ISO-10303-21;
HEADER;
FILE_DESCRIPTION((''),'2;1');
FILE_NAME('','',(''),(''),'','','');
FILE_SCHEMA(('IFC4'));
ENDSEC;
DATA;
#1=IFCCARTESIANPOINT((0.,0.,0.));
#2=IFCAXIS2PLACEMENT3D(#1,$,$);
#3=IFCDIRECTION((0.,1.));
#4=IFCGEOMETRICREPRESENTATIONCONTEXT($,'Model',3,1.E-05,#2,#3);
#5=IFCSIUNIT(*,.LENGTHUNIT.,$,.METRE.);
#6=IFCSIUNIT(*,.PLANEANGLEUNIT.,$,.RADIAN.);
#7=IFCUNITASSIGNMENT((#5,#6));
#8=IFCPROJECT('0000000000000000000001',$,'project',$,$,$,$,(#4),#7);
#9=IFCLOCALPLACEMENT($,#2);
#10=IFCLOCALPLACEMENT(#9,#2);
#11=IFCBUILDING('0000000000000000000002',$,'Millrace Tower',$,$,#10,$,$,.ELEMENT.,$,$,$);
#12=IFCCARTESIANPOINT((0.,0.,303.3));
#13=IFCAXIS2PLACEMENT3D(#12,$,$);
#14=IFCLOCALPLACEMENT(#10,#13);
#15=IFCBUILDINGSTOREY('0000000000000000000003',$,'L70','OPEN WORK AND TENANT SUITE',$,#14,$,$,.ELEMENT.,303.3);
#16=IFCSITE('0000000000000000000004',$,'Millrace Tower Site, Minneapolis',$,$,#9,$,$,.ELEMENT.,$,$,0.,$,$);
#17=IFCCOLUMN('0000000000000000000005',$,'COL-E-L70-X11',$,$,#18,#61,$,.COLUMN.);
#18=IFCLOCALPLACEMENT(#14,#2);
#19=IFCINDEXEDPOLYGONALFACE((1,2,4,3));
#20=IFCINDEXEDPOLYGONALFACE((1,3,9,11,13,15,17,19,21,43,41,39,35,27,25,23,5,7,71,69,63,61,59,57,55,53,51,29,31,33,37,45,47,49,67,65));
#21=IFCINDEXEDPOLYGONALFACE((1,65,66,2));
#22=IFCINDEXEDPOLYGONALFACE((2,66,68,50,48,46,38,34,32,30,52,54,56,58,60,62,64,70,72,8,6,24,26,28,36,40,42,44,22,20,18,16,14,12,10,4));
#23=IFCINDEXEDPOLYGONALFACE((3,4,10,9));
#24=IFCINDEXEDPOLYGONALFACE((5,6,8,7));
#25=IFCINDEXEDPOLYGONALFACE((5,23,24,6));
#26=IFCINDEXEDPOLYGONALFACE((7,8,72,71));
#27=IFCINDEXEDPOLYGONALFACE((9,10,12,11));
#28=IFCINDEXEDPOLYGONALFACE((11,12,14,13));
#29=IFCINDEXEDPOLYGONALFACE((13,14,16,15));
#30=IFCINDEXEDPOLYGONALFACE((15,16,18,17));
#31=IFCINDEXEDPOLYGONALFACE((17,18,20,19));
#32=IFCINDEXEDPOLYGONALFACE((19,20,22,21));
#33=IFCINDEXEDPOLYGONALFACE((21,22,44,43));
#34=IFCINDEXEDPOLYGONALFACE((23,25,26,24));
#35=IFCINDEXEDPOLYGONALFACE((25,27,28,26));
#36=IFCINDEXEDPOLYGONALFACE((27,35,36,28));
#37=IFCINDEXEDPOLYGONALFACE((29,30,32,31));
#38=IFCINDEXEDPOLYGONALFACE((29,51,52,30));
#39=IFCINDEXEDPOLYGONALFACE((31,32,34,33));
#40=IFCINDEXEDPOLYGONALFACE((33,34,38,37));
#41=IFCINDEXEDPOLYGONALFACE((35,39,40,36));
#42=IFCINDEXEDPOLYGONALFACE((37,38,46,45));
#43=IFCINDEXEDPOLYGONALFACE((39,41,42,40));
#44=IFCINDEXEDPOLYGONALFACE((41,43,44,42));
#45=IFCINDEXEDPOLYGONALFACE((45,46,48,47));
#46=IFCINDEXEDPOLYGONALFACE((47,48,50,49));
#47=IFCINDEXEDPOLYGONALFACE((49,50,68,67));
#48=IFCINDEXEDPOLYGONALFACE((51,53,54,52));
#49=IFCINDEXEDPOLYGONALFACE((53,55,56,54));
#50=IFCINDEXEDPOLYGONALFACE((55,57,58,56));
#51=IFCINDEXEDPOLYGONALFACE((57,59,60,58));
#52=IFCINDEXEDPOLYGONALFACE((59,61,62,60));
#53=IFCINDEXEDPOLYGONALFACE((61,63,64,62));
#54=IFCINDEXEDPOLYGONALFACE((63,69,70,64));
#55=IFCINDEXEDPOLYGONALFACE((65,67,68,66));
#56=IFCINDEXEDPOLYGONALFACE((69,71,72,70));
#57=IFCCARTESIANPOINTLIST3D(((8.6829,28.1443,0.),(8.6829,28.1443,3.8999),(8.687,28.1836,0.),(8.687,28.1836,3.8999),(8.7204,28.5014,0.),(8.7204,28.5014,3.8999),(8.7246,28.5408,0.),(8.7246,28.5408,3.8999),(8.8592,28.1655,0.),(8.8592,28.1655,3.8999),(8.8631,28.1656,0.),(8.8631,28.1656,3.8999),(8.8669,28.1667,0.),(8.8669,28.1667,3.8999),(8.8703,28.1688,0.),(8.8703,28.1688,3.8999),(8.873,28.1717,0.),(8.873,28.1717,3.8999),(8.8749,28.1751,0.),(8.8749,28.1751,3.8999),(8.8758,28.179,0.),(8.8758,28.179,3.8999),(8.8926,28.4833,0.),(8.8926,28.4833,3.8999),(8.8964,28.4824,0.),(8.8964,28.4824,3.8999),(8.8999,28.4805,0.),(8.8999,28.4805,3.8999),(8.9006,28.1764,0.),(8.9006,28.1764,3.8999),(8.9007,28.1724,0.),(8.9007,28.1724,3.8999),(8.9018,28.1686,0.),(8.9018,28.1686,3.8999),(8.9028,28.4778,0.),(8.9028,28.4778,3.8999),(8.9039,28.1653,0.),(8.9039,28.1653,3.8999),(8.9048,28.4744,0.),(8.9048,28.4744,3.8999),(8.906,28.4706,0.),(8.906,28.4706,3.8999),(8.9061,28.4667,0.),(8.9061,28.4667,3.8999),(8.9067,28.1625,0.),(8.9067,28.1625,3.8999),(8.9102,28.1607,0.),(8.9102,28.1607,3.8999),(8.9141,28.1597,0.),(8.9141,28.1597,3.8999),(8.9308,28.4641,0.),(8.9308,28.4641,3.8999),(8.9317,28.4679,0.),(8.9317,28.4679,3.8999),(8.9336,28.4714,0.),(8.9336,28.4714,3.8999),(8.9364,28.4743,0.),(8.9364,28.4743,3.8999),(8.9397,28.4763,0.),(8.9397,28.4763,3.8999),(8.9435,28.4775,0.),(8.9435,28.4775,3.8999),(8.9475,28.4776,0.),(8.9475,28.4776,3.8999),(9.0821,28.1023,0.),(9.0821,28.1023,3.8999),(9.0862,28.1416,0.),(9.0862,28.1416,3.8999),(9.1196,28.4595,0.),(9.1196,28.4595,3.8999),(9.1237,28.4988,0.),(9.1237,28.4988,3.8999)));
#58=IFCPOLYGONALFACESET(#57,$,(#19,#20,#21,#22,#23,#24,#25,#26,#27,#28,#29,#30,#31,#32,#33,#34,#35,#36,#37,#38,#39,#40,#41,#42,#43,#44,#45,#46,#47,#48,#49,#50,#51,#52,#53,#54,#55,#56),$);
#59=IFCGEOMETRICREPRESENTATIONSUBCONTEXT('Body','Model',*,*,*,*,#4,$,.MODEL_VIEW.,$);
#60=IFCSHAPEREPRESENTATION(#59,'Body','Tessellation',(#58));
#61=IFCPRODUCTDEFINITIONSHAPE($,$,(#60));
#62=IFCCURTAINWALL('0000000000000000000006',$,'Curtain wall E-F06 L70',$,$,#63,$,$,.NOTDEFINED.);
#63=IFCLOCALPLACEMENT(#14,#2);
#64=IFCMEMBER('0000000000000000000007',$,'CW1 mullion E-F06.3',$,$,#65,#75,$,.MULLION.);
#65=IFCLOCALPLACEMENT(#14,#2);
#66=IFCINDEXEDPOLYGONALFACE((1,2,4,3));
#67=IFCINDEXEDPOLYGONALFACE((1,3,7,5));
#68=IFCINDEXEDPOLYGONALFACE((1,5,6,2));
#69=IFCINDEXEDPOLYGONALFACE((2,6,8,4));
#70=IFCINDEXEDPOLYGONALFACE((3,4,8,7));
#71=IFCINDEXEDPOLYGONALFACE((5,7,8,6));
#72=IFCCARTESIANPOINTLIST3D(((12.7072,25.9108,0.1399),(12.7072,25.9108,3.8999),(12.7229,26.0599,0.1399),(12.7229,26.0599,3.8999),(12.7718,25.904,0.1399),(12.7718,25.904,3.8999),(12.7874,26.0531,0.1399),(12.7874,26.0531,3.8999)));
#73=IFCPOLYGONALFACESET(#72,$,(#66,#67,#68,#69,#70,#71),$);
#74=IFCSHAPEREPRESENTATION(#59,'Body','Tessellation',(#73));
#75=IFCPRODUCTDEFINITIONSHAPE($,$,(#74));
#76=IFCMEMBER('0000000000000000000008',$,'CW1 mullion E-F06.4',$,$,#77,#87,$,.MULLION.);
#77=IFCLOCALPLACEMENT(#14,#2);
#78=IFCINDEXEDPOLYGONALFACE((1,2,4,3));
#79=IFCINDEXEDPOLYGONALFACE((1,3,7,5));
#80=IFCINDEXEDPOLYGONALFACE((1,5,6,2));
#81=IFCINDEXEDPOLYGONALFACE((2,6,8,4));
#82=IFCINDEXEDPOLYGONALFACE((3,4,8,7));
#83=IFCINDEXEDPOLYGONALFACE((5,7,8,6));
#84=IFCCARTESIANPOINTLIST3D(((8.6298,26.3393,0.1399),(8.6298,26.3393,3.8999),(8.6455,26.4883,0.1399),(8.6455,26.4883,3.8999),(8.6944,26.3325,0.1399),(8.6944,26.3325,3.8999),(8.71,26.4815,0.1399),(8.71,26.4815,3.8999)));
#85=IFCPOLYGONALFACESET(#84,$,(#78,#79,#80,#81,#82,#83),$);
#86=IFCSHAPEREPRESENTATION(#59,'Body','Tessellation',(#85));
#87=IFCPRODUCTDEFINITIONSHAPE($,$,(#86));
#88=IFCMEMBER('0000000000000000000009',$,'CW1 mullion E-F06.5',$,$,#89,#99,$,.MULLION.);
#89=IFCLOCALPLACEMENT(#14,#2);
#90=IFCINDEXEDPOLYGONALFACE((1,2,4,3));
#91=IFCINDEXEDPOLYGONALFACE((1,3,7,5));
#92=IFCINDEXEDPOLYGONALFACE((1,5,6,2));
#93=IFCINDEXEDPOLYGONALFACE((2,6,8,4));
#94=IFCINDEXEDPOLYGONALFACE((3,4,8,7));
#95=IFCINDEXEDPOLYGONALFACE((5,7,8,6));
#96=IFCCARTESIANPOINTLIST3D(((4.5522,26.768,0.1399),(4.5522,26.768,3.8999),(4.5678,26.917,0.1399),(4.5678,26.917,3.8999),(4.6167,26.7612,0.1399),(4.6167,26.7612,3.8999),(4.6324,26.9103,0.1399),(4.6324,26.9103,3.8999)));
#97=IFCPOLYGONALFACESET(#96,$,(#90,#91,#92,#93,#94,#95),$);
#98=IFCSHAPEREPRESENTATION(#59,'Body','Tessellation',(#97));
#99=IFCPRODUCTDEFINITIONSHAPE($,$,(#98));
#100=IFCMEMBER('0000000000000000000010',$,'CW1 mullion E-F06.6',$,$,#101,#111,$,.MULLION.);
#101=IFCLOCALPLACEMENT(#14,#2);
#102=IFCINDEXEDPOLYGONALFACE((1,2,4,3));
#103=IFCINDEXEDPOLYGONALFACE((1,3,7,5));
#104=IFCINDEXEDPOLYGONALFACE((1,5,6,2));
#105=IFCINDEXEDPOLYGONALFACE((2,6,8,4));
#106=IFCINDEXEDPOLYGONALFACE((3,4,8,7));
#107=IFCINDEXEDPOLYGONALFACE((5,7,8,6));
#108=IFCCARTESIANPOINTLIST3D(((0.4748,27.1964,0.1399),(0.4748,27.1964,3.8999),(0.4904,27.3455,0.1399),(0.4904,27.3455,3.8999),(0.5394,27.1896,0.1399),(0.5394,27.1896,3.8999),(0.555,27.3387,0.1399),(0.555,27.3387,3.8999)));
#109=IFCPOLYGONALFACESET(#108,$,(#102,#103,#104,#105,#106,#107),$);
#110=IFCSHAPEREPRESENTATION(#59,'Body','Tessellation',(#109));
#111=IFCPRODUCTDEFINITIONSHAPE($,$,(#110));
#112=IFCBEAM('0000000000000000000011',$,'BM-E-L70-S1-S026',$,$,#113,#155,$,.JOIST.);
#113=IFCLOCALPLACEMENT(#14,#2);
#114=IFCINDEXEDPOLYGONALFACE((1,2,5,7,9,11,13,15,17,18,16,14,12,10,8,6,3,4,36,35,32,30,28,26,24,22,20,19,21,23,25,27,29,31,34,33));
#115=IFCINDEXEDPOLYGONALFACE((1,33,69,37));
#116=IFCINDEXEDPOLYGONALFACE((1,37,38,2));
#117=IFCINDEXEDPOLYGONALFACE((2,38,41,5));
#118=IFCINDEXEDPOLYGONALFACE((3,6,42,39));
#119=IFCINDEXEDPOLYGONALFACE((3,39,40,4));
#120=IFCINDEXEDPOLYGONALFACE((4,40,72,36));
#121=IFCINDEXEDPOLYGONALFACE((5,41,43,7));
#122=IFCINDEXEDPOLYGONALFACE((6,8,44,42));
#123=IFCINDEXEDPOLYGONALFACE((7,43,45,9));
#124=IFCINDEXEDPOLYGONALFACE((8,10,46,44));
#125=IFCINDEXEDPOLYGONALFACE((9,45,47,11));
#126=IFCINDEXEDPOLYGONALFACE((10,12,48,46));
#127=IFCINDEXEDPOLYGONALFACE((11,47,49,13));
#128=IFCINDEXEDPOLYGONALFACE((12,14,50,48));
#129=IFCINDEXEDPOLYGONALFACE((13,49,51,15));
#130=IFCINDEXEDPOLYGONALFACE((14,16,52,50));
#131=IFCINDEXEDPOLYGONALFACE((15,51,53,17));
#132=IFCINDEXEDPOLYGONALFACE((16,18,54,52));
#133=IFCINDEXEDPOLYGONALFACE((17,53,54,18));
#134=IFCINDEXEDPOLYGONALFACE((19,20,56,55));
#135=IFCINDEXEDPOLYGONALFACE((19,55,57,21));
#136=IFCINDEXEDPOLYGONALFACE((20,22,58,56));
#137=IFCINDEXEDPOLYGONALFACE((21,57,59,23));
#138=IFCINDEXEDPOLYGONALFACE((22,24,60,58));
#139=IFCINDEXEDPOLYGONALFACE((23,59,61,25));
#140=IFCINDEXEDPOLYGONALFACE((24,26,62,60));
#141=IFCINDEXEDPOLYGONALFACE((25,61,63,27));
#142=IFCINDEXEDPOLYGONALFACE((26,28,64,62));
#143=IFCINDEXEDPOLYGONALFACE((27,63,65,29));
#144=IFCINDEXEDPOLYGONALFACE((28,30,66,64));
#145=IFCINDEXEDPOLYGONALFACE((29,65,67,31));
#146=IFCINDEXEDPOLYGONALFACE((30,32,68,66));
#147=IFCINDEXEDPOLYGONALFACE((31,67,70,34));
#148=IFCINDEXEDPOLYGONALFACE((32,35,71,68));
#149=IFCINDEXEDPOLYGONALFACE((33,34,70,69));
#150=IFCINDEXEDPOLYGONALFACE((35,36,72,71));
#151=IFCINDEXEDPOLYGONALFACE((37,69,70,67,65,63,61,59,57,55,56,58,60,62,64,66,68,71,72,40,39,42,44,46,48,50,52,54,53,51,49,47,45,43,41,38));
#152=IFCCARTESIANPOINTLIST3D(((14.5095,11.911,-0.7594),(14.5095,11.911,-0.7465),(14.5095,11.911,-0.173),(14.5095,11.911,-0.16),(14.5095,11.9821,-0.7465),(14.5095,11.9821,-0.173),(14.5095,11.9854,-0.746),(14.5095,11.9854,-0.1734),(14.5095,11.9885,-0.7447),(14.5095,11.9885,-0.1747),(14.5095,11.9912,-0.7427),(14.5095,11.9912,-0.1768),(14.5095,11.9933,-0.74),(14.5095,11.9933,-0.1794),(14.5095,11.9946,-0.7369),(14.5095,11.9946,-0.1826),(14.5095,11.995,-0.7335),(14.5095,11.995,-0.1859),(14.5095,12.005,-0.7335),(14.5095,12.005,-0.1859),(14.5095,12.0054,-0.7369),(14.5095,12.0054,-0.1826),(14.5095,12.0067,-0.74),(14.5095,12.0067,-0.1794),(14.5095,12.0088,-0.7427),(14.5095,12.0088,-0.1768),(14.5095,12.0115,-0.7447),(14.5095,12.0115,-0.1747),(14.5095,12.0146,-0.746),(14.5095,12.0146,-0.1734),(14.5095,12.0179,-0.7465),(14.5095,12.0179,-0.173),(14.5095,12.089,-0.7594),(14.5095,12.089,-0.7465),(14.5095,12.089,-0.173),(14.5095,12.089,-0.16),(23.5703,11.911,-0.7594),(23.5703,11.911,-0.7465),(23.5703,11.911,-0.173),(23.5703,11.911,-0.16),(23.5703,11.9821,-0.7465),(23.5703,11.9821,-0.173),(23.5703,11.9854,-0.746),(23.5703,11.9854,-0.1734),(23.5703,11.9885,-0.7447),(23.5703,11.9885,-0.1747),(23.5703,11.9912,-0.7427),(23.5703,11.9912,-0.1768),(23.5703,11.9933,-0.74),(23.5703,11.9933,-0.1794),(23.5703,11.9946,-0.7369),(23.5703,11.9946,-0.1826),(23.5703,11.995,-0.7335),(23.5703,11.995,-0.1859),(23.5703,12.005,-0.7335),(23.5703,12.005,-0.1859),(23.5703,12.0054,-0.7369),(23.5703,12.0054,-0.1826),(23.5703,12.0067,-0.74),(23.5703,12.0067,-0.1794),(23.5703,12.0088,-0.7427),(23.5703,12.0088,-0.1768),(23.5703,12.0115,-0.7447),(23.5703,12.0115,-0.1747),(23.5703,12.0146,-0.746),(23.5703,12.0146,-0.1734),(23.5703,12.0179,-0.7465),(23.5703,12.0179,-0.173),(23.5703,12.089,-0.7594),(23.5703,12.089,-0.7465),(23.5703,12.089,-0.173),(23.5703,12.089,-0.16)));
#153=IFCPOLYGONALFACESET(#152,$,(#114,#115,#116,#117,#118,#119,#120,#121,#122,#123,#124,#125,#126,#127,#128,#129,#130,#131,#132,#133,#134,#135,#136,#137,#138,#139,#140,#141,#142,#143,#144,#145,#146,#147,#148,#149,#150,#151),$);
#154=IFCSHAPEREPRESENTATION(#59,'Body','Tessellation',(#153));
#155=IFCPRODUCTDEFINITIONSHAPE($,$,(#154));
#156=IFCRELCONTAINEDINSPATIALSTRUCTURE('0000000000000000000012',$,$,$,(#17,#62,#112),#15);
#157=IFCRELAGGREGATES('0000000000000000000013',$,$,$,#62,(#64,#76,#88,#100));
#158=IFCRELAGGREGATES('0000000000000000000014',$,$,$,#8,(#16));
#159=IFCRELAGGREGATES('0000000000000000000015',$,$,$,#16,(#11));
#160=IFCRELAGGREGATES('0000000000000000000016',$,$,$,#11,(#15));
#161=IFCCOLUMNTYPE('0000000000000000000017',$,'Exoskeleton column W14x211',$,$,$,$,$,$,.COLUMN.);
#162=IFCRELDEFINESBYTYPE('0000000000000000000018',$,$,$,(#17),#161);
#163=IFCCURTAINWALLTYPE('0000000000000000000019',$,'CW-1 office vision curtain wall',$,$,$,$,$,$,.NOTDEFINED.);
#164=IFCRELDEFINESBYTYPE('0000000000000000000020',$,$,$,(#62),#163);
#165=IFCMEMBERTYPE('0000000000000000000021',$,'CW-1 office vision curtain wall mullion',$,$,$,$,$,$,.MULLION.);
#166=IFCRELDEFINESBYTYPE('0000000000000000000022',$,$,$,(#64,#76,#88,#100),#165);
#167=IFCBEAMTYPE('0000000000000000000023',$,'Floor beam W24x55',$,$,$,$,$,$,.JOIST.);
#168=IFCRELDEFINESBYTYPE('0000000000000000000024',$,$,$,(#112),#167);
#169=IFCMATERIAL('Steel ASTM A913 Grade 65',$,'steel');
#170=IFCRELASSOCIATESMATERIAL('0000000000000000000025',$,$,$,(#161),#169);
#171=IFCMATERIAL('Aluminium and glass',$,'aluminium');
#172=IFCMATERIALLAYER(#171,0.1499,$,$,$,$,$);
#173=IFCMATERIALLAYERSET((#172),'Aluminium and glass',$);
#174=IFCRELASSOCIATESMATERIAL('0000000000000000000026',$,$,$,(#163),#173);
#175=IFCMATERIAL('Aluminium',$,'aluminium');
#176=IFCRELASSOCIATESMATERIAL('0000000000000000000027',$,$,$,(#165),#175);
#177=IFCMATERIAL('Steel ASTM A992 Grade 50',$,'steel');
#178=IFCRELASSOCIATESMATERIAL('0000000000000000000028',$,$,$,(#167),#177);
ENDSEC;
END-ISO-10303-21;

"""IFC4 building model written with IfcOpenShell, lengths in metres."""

from ifc_helpers import new_model, si_unit, direction, frame, origin, origin_2d, place, context, subcontext, project, spatial, rectangle, i_section, extrude, material, layer, layer_set, material_profile, profile_set, type_object, element, aggregate, save


model = new_model("IFC4")

# Units and contexts
model_context = context("Model", 3, precision=1e-05, world=origin(), true_north=direction((0.0, 1.0)))
body_context = subcontext(model_context, "Body", "Model", "MODEL_VIEW")
ifc_project = project(units=[si_unit("LENGTHUNIT", "METRE"), si_unit("PLANEANGLEUNIT", "RADIAN")], contexts=[model_context])

# Site, building, storey
site_placement = place(None, origin())
site = spatial("IfcSite", under=ifc_project, at=site_placement, Name="Millrace Tower Site, Minneapolis", CompositionType="ELEMENT", RefElevation=0.0)
building_placement = place(site_placement, origin())
building = spatial("IfcBuilding", under=site, at=building_placement, Name="Millrace Tower", CompositionType="ELEMENT")
storey_placement = place(building_placement, frame((0.0, 0.0, 303.3)))
storey = spatial("IfcBuildingStorey", under=building, at=storey_placement, Name="L70", Description="OPEN WORK AND TENANT SUITE", CompositionType="ELEMENT", Elevation=303.3)

# Column
ifc_material_1 = material(Name="Steel ASTM A913 Grade 65", Category="steel")
ifc_material_profile_1 = material_profile(ifc_material_1, i_section(OverallWidth=0.4014, OverallDepth=0.3987, WebThickness=0.0249, FlangeThickness=0.0396, FilletRadius=0.0151, at=origin_2d()))
ifc_profile_set_1 = profile_set([ifc_material_profile_1], Name="Steel ASTM A913 Grade 65")
column_type = type_object("IfcColumnType", Name="Exoskeleton column W14x211", PredefinedType="COLUMN", material=ifc_profile_set_1)
column_placement = place(storey_placement, frame((8.9033, 28.3215, 0.0), z_axis=(0.0, 0.0, 1.0), x_axis=(-0.994522, 0.104528, 0.0)))
element("IfcColumn", 1, at=column_placement, inside=storey, type_object=column_type, Name="COL-E-L70-X11", PredefinedType="COLUMN", context=body_context, shape_type="SweptSolid", body=[
    extrude(i_section(OverallWidth=0.4014, OverallDepth=0.3987, WebThickness=0.0249, FlangeThickness=0.0396, FilletRadius=0.0151, at=origin_2d()), origin(), (0.0, 0.0, 1.0), 3.8999),
])

# Curtain wall, members
ifc_material_2 = material(Name="Aluminium and glass", Category="aluminium")
ifc_layer_1 = layer(ifc_material_2, 0.1499)
ifc_layer_set_1 = layer_set([ifc_layer_1], Name="Aluminium and glass")
curtain_wall_type = type_object("IfcCurtainWallType", Name="CW-1 office vision curtain wall", PredefinedType="NOTDEFINED", material=ifc_layer_set_1)
curtain_wall_placement = place(storey_placement, origin())
curtain_wall = element("IfcCurtainWall", 2, at=curtain_wall_placement, inside=storey, type_object=curtain_wall_type, Name="Curtain wall E-F06 L70", PredefinedType="NOTDEFINED")
ifc_material_3 = material(Name="Aluminium", Category="aluminium")
ifc_material_profile_2 = material_profile(ifc_material_3, rectangle(XDim=0.0649, YDim=0.1499, at=origin_2d()))
ifc_profile_set_2 = profile_set([ifc_material_profile_2], Name="Aluminium")
member_type = type_object("IfcMemberType", Name="CW-1 office vision curtain wall mullion", PredefinedType="MULLION", material=ifc_profile_set_2)
member_1_placement = place(storey_placement, frame((12.7473, 25.9819, 0.1399), z_axis=(0.0, 0.0, 1.0), x_axis=(-0.994522, 0.104528, 0.0)))
member_1 = element("IfcMember", 3, at=member_1_placement, type_object=member_type, Name="CW1 mullion E-F06.3", PredefinedType="MULLION", context=body_context, shape_type="SweptSolid", body=[
    extrude(rectangle(XDim=0.0649, YDim=0.1499, at=origin_2d()), origin(), (0.0, 0.0, 1.0), 3.76),
])
member_2_placement = place(storey_placement, frame((8.6699, 26.4104, 0.1399), z_axis=(0.0, 0.0, 1.0), x_axis=(-0.994522, 0.104528, 0.0)))
member_2 = element("IfcMember", 4, at=member_2_placement, type_object=member_type, Name="CW1 mullion E-F06.4", PredefinedType="MULLION", context=body_context, shape_type="SweptSolid", body=[
    extrude(rectangle(XDim=0.0649, YDim=0.1499, at=origin_2d()), origin(), (0.0, 0.0, 1.0), 3.76),
])
member_3_placement = place(storey_placement, frame((4.5923, 26.8391, 0.1399), z_axis=(0.0, 0.0, 1.0), x_axis=(-0.994522, 0.104528, 0.0)))
member_3 = element("IfcMember", 5, at=member_3_placement, type_object=member_type, Name="CW1 mullion E-F06.5", PredefinedType="MULLION", context=body_context, shape_type="SweptSolid", body=[
    extrude(rectangle(XDim=0.0649, YDim=0.1499, at=origin_2d()), origin(), (0.0, 0.0, 1.0), 3.76),
])
member_4_placement = place(storey_placement, frame((0.5149, 27.2676, 0.1399), z_axis=(0.0, 0.0, 1.0), x_axis=(-0.994522, 0.104528, 0.0)))
member_4 = element("IfcMember", 6, at=member_4_placement, type_object=member_type, Name="CW1 mullion E-F06.6", PredefinedType="MULLION", context=body_context, shape_type="SweptSolid", body=[
    extrude(rectangle(XDim=0.0649, YDim=0.1499, at=origin_2d()), origin(), (0.0, 0.0, 1.0), 3.76),
])
aggregate(curtain_wall, [member_1, member_2, member_3, member_4])

# Beam
ifc_material_4 = material(Name="Steel ASTM A992 Grade 50", Category="steel")
ifc_material_profile_3 = material_profile(ifc_material_4, i_section(OverallWidth=0.178, OverallDepth=0.5994, WebThickness=0.01, FlangeThickness=0.0129, FilletRadius=0.0129, at=origin_2d()))
ifc_profile_set_3 = profile_set([ifc_material_profile_3], Name="Steel ASTM A992 Grade 50")
beam_type_1 = type_object("IfcBeamType", Name="Floor beam W24x55", PredefinedType="JOIST", material=ifc_profile_set_3)
beam_1_placement = place(storey_placement, frame((14.5095, 12.0, -0.4597), z_axis=(1.0, 0.0, 0.0), x_axis=(0.0, 1.0, 0.0)))
element("IfcBeam", 7, at=beam_1_placement, inside=storey, type_object=beam_type_1, Name="BM-E-L70-S1-S026", PredefinedType="JOIST", context=body_context, shape_type="SweptSolid", body=[
    extrude(i_section(OverallWidth=0.178, OverallDepth=0.5994, WebThickness=0.01, FlangeThickness=0.0129, FilletRadius=0.0129, at=origin_2d()), origin(), (0.0, 0.0, 1.0), 9.0608),
])

save(model, "model.ifc")
